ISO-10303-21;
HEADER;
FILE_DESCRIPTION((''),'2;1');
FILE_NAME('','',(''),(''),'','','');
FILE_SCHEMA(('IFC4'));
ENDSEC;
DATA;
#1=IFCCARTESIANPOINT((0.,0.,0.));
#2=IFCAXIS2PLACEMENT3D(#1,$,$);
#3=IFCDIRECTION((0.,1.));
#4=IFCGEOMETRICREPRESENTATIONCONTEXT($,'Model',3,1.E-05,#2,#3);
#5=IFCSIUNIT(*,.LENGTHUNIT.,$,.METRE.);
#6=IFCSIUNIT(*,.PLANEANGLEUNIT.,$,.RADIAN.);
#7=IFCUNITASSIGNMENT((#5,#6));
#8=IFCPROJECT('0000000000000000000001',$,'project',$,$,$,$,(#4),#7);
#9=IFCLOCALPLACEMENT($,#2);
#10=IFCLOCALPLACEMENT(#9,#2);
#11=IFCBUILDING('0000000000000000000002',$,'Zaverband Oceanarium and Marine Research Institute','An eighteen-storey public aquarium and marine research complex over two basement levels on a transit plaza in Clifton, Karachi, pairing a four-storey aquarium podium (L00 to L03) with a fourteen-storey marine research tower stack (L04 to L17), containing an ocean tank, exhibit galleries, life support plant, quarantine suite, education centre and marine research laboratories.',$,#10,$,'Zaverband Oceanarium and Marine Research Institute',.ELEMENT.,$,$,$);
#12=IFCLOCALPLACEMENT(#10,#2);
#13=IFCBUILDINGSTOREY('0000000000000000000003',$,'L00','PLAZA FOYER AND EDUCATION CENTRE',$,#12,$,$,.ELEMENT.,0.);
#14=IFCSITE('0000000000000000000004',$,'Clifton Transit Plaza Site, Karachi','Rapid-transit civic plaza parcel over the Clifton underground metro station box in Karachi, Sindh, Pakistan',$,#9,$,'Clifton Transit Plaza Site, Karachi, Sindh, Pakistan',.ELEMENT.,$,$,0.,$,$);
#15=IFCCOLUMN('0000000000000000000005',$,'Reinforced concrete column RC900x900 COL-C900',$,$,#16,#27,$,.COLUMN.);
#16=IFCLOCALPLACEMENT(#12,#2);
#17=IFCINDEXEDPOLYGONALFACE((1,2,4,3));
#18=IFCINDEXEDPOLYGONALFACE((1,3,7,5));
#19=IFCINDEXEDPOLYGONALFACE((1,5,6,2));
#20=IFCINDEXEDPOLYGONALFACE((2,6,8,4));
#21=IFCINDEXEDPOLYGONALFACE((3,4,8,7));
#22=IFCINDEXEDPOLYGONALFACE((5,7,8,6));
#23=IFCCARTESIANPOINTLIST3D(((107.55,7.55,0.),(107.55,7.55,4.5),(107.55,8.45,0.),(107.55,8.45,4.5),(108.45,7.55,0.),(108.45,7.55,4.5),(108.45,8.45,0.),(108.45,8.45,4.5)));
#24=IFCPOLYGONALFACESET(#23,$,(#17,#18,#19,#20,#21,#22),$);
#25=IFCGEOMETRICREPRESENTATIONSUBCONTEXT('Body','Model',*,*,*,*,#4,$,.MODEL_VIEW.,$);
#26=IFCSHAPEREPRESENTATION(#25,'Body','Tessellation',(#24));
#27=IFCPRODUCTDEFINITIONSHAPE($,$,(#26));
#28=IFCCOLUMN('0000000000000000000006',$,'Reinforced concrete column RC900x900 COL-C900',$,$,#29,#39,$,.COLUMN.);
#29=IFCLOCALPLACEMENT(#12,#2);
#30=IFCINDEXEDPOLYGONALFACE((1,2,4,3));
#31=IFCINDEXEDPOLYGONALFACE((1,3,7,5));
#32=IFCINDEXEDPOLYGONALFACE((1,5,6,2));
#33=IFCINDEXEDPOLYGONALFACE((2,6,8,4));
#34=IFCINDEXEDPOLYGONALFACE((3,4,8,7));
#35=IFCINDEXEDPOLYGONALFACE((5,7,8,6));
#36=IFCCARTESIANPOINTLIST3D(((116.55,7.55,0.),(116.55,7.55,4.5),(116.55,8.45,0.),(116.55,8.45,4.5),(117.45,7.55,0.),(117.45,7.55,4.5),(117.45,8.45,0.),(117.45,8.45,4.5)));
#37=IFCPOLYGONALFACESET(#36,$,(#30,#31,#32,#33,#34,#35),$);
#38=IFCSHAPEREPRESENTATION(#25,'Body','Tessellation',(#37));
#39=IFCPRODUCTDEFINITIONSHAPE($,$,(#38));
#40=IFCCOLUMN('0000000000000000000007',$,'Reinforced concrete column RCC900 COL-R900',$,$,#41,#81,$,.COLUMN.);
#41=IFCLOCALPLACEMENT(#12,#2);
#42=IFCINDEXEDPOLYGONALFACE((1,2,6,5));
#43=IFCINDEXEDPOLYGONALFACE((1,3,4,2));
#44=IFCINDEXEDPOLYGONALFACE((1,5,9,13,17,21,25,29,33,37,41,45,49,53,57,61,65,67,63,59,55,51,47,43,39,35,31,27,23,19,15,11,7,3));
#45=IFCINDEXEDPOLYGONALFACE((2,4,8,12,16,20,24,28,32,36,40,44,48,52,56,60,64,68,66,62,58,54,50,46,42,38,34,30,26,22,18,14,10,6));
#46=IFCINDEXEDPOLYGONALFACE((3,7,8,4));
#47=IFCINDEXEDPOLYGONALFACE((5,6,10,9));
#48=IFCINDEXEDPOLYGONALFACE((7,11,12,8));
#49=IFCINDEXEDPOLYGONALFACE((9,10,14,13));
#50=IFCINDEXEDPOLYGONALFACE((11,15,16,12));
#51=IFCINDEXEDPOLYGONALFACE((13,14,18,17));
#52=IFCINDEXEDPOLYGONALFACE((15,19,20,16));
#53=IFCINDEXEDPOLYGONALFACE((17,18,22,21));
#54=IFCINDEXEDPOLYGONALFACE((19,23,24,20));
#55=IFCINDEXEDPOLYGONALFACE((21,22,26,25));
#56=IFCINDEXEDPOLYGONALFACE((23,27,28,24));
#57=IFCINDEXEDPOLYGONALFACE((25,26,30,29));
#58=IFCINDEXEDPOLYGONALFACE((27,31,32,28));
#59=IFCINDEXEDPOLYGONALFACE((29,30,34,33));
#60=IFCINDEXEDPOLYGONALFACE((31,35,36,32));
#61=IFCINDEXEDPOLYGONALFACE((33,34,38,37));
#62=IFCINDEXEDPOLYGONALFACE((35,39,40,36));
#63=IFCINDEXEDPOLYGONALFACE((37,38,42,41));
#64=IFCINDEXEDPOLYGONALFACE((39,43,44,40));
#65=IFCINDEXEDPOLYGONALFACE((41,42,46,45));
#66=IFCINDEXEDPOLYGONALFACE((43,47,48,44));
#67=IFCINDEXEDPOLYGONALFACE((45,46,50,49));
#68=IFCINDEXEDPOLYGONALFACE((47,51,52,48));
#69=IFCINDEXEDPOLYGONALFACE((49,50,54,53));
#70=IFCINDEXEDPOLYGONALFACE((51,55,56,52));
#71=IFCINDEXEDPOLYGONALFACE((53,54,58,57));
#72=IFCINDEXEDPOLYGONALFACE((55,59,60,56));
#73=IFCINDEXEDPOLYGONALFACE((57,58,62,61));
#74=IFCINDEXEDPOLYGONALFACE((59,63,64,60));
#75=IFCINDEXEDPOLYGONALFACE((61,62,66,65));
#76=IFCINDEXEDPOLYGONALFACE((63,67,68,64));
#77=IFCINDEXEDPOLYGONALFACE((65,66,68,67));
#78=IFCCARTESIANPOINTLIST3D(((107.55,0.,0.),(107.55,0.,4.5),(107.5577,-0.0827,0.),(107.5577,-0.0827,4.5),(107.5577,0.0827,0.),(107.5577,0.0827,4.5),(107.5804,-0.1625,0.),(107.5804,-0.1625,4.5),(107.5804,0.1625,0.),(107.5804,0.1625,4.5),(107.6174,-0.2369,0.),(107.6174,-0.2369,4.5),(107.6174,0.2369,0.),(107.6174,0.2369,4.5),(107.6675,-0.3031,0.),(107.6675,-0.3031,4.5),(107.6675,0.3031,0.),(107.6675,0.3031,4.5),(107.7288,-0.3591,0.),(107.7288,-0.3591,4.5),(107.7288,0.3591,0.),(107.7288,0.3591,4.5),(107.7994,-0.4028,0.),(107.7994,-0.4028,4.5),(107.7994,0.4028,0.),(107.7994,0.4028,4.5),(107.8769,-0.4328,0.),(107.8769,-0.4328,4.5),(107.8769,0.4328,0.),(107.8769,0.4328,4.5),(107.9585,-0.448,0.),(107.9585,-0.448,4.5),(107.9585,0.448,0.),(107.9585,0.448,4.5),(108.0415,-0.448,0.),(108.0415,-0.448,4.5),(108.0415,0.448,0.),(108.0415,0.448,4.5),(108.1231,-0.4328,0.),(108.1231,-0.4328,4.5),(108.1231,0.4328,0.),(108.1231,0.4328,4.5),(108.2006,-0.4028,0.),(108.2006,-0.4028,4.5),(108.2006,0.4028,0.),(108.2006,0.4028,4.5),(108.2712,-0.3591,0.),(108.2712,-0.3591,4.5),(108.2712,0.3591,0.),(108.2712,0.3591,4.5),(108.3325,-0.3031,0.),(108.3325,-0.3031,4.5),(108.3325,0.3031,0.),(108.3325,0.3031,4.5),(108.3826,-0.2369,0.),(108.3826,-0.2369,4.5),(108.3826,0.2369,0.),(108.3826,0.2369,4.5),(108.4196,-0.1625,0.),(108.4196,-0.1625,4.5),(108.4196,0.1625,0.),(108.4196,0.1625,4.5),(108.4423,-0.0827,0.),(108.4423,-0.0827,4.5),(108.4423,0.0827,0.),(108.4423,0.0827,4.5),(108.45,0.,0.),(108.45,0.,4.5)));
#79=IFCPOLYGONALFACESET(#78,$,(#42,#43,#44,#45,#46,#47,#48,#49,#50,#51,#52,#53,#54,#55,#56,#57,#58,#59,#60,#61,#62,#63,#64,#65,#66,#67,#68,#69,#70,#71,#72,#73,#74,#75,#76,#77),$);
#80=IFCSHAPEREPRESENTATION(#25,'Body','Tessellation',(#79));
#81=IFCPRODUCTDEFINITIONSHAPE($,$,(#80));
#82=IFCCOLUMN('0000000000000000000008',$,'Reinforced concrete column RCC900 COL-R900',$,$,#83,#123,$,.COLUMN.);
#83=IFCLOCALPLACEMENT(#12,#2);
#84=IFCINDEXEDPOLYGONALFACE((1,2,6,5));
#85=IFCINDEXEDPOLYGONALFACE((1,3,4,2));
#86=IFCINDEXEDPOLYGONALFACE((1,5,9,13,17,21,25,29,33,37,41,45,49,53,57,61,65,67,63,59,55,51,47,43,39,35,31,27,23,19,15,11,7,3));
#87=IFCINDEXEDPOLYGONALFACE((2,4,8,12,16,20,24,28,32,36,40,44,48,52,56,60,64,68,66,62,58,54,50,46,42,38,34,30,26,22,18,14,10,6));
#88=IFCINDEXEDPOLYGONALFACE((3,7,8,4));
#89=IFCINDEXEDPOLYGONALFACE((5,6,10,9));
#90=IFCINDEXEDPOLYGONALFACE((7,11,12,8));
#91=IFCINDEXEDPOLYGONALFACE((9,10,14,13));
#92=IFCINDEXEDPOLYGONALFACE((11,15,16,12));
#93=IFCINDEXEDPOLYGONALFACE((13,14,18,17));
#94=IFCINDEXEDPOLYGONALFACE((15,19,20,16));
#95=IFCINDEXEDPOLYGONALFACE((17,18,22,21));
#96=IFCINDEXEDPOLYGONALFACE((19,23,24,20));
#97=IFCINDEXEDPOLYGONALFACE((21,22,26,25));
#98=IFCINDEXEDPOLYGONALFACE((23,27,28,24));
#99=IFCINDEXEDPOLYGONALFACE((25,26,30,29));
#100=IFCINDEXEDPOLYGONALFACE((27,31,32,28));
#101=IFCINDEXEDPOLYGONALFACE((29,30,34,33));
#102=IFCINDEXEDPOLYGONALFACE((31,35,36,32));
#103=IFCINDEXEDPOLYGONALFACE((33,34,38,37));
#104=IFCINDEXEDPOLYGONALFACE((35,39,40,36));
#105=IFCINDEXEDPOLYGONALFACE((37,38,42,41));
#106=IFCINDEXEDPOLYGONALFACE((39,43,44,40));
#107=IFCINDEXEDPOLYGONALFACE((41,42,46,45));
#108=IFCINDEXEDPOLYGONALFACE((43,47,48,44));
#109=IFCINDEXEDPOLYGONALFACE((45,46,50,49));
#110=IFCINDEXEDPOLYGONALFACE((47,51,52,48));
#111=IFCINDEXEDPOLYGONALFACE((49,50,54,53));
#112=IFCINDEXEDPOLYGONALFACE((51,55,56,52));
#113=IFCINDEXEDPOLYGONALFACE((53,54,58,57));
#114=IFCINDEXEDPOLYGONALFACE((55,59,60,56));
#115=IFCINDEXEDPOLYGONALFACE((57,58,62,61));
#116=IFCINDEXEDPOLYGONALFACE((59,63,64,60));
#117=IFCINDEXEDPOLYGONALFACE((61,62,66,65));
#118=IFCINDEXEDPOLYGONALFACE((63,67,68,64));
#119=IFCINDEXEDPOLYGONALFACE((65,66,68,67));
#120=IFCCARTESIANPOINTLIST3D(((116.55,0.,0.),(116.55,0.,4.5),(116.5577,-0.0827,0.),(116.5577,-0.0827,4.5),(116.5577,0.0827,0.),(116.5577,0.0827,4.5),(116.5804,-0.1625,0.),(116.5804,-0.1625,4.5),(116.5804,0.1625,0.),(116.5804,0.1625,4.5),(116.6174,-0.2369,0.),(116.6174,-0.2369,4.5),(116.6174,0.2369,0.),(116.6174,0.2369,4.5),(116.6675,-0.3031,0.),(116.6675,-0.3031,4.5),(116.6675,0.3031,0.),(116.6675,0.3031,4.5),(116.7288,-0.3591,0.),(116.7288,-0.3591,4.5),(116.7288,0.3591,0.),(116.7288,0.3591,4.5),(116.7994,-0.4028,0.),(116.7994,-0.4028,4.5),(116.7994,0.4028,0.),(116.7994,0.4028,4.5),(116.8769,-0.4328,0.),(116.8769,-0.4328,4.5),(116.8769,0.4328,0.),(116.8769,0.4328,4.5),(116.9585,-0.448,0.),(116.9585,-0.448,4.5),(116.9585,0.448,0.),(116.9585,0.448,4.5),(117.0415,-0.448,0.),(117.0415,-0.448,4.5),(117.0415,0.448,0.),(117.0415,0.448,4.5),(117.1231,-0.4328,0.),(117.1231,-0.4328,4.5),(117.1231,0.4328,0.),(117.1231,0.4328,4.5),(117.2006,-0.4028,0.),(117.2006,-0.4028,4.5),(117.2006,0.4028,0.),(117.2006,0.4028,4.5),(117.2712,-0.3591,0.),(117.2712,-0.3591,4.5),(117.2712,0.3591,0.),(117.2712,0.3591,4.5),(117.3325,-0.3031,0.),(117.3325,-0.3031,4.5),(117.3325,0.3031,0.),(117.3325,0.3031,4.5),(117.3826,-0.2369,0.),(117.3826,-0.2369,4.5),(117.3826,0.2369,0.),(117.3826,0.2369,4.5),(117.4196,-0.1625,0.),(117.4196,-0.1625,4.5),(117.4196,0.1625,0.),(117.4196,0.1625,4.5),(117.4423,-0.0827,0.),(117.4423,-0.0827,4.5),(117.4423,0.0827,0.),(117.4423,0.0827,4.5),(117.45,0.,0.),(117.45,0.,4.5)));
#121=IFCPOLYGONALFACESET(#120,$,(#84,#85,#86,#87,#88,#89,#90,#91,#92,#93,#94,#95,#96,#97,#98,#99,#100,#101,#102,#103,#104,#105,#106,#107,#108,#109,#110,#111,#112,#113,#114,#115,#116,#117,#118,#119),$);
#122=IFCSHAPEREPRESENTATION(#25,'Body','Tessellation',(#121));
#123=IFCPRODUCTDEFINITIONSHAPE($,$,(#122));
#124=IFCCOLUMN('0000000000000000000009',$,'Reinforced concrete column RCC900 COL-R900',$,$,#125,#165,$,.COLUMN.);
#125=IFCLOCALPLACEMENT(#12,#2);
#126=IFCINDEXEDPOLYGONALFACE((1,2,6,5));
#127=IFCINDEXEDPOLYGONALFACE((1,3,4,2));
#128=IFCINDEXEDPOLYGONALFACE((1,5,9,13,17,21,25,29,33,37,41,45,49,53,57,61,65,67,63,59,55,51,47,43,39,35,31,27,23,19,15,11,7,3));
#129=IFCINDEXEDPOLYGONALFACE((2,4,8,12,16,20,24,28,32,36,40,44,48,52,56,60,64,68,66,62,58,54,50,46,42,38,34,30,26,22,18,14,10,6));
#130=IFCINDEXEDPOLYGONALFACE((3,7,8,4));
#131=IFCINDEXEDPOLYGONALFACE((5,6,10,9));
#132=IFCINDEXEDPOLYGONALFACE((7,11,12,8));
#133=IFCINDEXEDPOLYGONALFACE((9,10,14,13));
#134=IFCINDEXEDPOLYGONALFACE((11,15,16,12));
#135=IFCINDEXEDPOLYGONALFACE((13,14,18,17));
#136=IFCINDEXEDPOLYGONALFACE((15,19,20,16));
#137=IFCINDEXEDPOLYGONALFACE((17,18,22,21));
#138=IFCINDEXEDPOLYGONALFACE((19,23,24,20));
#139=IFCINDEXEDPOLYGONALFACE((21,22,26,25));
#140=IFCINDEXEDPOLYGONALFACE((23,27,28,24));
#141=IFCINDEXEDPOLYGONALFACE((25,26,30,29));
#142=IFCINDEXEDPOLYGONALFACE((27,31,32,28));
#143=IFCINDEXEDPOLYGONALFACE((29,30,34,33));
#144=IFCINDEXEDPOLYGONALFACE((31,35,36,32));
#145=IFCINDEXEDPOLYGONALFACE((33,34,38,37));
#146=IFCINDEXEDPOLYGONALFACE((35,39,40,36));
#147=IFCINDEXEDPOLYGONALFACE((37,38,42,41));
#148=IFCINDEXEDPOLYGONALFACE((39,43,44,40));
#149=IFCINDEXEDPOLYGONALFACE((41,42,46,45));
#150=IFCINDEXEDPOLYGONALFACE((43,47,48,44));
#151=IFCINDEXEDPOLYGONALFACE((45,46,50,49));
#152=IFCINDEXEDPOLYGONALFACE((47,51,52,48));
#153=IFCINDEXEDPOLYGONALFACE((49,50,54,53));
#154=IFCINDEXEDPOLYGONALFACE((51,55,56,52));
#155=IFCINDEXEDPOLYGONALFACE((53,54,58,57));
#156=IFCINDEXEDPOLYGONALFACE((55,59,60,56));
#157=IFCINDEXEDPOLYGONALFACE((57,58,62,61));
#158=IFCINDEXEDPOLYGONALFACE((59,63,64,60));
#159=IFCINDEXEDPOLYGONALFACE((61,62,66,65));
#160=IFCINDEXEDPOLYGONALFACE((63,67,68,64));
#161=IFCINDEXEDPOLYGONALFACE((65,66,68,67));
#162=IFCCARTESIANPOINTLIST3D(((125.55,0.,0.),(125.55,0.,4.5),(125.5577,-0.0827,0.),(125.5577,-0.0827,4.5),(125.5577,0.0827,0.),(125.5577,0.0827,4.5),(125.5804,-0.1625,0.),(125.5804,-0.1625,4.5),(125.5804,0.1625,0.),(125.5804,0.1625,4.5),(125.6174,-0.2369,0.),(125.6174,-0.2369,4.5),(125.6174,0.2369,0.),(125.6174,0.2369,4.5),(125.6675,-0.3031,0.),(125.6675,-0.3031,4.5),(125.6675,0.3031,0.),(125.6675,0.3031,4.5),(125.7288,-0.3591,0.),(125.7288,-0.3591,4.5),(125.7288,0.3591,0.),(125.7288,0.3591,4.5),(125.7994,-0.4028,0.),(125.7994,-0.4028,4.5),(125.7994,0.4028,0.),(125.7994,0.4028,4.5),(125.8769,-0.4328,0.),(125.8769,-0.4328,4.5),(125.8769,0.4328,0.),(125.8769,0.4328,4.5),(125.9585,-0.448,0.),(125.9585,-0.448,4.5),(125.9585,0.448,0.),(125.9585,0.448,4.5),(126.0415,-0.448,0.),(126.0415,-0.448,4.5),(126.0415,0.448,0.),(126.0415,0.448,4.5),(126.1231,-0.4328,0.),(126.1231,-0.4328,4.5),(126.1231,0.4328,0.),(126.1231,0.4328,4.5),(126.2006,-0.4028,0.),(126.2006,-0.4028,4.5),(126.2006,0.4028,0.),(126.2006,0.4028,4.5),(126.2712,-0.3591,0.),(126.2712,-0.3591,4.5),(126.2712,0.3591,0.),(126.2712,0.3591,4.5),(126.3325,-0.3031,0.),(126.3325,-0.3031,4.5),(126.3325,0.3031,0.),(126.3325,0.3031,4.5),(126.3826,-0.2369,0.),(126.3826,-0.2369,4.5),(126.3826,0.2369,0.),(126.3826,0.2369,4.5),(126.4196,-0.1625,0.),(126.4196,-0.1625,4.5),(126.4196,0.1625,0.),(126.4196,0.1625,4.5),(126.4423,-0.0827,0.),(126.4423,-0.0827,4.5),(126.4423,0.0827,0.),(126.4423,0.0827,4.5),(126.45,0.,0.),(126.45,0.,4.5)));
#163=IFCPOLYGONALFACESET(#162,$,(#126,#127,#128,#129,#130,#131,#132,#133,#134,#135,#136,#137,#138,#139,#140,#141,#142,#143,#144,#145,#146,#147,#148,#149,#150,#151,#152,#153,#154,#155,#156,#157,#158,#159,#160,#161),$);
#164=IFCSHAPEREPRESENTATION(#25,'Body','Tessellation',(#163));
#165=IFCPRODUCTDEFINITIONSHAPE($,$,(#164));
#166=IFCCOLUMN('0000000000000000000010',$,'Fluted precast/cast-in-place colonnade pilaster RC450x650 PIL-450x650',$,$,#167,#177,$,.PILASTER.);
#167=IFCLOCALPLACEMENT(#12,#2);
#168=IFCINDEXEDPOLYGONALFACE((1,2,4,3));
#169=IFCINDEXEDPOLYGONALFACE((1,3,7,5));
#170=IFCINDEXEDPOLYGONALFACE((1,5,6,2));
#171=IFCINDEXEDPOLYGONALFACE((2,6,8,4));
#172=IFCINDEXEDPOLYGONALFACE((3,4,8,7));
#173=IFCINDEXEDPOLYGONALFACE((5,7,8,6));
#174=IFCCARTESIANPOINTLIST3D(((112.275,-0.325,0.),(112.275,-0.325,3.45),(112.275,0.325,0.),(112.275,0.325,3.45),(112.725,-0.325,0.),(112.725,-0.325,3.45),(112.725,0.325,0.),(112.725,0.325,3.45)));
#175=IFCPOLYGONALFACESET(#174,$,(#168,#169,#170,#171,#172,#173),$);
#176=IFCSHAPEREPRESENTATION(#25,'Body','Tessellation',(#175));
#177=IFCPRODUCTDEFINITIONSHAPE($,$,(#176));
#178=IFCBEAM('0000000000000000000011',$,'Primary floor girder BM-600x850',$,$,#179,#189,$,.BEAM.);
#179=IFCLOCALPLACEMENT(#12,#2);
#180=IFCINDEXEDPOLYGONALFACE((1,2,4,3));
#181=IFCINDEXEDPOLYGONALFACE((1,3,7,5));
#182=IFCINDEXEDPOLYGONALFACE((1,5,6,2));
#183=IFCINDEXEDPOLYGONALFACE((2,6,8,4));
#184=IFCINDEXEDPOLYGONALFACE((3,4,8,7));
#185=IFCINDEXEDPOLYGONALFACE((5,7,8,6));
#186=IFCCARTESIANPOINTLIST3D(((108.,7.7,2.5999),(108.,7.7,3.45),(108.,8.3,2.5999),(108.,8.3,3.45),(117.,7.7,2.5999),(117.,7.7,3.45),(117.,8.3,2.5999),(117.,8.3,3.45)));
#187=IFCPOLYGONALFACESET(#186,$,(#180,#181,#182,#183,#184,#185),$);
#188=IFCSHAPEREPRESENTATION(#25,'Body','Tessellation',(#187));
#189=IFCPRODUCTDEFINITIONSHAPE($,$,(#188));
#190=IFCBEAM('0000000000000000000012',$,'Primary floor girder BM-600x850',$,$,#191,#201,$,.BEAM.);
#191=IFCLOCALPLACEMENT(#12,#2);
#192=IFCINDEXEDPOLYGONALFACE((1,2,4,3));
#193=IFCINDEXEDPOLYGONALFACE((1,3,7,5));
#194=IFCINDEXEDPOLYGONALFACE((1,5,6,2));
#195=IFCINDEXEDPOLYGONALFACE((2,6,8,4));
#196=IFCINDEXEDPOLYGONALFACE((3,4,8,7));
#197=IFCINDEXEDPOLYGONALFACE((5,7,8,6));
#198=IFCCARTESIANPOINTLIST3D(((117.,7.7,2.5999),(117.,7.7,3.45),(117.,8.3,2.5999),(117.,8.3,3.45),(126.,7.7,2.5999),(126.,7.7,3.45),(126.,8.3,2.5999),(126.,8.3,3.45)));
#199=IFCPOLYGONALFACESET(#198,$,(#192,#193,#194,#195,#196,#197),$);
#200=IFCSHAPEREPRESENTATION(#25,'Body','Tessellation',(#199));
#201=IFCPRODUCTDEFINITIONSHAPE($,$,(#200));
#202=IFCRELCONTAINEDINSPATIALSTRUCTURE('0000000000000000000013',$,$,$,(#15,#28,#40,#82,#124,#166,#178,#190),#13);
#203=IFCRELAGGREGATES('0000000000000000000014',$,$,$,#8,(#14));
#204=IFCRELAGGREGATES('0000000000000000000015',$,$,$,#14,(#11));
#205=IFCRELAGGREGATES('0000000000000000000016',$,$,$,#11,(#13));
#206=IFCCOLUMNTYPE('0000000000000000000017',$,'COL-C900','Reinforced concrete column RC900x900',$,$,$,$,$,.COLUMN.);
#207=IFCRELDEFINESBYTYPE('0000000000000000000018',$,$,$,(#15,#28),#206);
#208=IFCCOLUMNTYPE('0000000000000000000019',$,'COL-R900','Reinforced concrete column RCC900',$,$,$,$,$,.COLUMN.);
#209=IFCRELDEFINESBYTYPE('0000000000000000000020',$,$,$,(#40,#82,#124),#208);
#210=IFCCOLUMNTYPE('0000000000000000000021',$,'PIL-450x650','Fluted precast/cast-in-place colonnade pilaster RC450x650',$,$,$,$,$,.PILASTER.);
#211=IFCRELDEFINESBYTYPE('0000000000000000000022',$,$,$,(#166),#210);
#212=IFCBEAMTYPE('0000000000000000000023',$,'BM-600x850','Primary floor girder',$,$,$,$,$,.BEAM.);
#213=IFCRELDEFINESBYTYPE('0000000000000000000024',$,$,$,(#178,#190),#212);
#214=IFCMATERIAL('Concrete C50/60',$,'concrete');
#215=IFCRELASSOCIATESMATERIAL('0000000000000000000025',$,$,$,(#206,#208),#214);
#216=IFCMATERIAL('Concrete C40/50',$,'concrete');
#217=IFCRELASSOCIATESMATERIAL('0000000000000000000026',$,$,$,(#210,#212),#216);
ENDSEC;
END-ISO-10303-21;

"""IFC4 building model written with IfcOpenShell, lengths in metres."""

from ifc_helpers import new_model, si_unit, direction, frame, origin, origin_2d, place, context, subcontext, project, spatial, rectangle, circle, extrude, material, material_profile, profile_set, type_object, element, save


model = new_model("IFC4")

# Units and contexts
model_context = context("Model", 3, precision=1e-05, world=origin(), true_north=direction((0.0, 1.0)))
body_context = subcontext(model_context, "Body", "Model", "MODEL_VIEW")
ifc_project = project(units=[si_unit("LENGTHUNIT", "METRE"), si_unit("PLANEANGLEUNIT", "RADIAN")], contexts=[model_context])

# Site, building, storey
site_placement = place(None, origin())
site = spatial("IfcSite", under=ifc_project, at=site_placement, Name="Clifton Transit Plaza Site, Karachi", Description="Rapid-transit civic plaza parcel over the Clifton underground metro station box in Karachi, Sindh, Pakistan", LongName="Clifton Transit Plaza Site, Karachi, Sindh, Pakistan", CompositionType="ELEMENT", RefElevation=0.0)
building_placement = place(site_placement, origin())
building = spatial("IfcBuilding", under=site, at=building_placement, Name="Zaverband Oceanarium and Marine Research Institute", Description="An eighteen-storey public aquarium and marine research complex over two basement levels on a transit plaza in Clifton, Karachi, pairing a four-storey aquarium podium (L00 to L03) with a fourteen-storey marine research tower stack (L04 to L17), containing an ocean tank, exhibit galleries, life support plant, quarantine suite, education centre and marine research laboratories.", LongName="Zaverband Oceanarium and Marine Research Institute", CompositionType="ELEMENT")
storey_placement = place(building_placement, origin())
storey = spatial("IfcBuildingStorey", under=building, at=storey_placement, Name="L00", Description="PLAZA FOYER AND EDUCATION CENTRE", CompositionType="ELEMENT", Elevation=0.0)

# Columns
ifc_material_1 = material(Name="Concrete C50/60", Category="concrete")
ifc_material_profile_1 = material_profile(ifc_material_1, rectangle(XDim=0.8999, YDim=0.8999, at=origin_2d()), Name="RC900x900")
ifc_profile_set_1 = profile_set([ifc_material_profile_1], Name="Concrete C50/60")
column_type_1 = type_object("IfcColumnType", Name="COL-C900", Description="Reinforced concrete column RC900x900", PredefinedType="COLUMN", material=ifc_profile_set_1)
for number, where, z_axis, x_axis, name in (
    (1, (108.0, 8.0, 0.0), (0.0, 0.0, 1.0), (1.0, 0.0, 0.0), "Reinforced concrete column RC900x900 COL-C900"),
    (2, (117.0, 8.0, 0.0), (0.0, 0.0, 1.0), (1.0, 0.0, 0.0), "Reinforced concrete column RC900x900 COL-C900"),
):
    element("IfcColumn", number, at=place(storey_placement, frame(where, z_axis=z_axis, x_axis=x_axis)), inside=storey, type_object=column_type_1, Name=name, PredefinedType="COLUMN", context=body_context, shape_type="SweptSolid", body=[
        extrude(rectangle(XDim=0.8999, YDim=0.8999, at=origin_2d()), origin(), (0.0, 0.0, 1.0), 4.5),
    ])
ifc_material_profile_2 = material_profile(ifc_material_1, circle(Radius=0.45, at=origin_2d()), Name="RCC900")
ifc_profile_set_2 = profile_set([ifc_material_profile_2], Name="Concrete C50/60")
column_type_2 = type_object("IfcColumnType", Name="COL-R900", Description="Reinforced concrete column RCC900", PredefinedType="COLUMN", material=ifc_profile_set_2)
for number, where, z_axis, x_axis, name in (
    (3, (108.0, 0.0, 0.0), (0.0, 0.0, 1.0), (1.0, 0.0, 0.0), "Reinforced concrete column RCC900 COL-R900"),
    (4, (117.0, 0.0, 0.0), (0.0, 0.0, 1.0), (1.0, 0.0, 0.0), "Reinforced concrete column RCC900 COL-R900"),
    (5, (126.0, 0.0, 0.0), (0.0, 0.0, 1.0), (1.0, 0.0, 0.0), "Reinforced concrete column RCC900 COL-R900"),
):
    element("IfcColumn", number, at=place(storey_placement, frame(where, z_axis=z_axis, x_axis=x_axis)), inside=storey, type_object=column_type_2, Name=name, PredefinedType="COLUMN", context=body_context, shape_type="SweptSolid", body=[
        extrude(circle(Radius=0.45, at=origin_2d()), origin(), (0.0, 0.0, 1.0), 4.5),
    ])
ifc_material_2 = material(Name="Concrete C40/50", Category="concrete")
ifc_material_profile_3 = material_profile(ifc_material_2, rectangle(XDim=0.45, YDim=0.6499, at=origin_2d()), Name="RC450x650")
ifc_profile_set_3 = profile_set([ifc_material_profile_3], Name="Concrete C40/50")
column_type_3 = type_object("IfcColumnType", Name="PIL-450x650", Description="Fluted precast/cast-in-place colonnade pilaster RC450x650", PredefinedType="PILASTER", material=ifc_profile_set_3)
column_placement = place(storey_placement, frame((112.5, 0.0, 0.0), z_axis=(0.0, 0.0, 1.0), x_axis=(1.0, 0.0, 0.0)))
element("IfcColumn", 6, at=column_placement, inside=storey, type_object=column_type_3, Name="Fluted precast/cast-in-place colonnade pilaster RC450x650 PIL-450x650", PredefinedType="PILASTER", context=body_context, shape_type="SweptSolid", body=[
    extrude(rectangle(XDim=0.45, YDim=0.6499, at=origin_2d()), origin(), (0.0, 0.0, 1.0), 3.45),
])

# Beams
ifc_material_profile_4 = material_profile(ifc_material_2, rectangle(XDim=0.6001, YDim=0.8501, at=origin_2d()), Name="RC600x850")
ifc_profile_set_4 = profile_set([ifc_material_profile_4], Name="Concrete C40/50")
beam_type_1 = type_object("IfcBeamType", Name="BM-600x850", Description="Primary floor girder", PredefinedType="BEAM", material=ifc_profile_set_4)
for number, where, z_axis, x_axis, name in (
    (7, (108.0, 8.0, 3.0249), (1.0, 0.0, 0.0), (0.0, 1.0, 0.0), "Primary floor girder BM-600x850"),
    (8, (117.0, 8.0, 3.0249), (1.0, 0.0, 0.0), (0.0, 1.0, 0.0), "Primary floor girder BM-600x850"),
):
    element("IfcBeam", number, at=place(storey_placement, frame(where, z_axis=z_axis, x_axis=x_axis)), inside=storey, type_object=beam_type_1, Name=name, PredefinedType="BEAM", context=body_context, shape_type="SweptSolid", body=[
        extrude(rectangle(XDim=0.6001, YDim=0.8501, at=origin_2d()), origin(), (0.0, 0.0, 1.0), 9.0),
    ])

save(model, "model.ifc")
